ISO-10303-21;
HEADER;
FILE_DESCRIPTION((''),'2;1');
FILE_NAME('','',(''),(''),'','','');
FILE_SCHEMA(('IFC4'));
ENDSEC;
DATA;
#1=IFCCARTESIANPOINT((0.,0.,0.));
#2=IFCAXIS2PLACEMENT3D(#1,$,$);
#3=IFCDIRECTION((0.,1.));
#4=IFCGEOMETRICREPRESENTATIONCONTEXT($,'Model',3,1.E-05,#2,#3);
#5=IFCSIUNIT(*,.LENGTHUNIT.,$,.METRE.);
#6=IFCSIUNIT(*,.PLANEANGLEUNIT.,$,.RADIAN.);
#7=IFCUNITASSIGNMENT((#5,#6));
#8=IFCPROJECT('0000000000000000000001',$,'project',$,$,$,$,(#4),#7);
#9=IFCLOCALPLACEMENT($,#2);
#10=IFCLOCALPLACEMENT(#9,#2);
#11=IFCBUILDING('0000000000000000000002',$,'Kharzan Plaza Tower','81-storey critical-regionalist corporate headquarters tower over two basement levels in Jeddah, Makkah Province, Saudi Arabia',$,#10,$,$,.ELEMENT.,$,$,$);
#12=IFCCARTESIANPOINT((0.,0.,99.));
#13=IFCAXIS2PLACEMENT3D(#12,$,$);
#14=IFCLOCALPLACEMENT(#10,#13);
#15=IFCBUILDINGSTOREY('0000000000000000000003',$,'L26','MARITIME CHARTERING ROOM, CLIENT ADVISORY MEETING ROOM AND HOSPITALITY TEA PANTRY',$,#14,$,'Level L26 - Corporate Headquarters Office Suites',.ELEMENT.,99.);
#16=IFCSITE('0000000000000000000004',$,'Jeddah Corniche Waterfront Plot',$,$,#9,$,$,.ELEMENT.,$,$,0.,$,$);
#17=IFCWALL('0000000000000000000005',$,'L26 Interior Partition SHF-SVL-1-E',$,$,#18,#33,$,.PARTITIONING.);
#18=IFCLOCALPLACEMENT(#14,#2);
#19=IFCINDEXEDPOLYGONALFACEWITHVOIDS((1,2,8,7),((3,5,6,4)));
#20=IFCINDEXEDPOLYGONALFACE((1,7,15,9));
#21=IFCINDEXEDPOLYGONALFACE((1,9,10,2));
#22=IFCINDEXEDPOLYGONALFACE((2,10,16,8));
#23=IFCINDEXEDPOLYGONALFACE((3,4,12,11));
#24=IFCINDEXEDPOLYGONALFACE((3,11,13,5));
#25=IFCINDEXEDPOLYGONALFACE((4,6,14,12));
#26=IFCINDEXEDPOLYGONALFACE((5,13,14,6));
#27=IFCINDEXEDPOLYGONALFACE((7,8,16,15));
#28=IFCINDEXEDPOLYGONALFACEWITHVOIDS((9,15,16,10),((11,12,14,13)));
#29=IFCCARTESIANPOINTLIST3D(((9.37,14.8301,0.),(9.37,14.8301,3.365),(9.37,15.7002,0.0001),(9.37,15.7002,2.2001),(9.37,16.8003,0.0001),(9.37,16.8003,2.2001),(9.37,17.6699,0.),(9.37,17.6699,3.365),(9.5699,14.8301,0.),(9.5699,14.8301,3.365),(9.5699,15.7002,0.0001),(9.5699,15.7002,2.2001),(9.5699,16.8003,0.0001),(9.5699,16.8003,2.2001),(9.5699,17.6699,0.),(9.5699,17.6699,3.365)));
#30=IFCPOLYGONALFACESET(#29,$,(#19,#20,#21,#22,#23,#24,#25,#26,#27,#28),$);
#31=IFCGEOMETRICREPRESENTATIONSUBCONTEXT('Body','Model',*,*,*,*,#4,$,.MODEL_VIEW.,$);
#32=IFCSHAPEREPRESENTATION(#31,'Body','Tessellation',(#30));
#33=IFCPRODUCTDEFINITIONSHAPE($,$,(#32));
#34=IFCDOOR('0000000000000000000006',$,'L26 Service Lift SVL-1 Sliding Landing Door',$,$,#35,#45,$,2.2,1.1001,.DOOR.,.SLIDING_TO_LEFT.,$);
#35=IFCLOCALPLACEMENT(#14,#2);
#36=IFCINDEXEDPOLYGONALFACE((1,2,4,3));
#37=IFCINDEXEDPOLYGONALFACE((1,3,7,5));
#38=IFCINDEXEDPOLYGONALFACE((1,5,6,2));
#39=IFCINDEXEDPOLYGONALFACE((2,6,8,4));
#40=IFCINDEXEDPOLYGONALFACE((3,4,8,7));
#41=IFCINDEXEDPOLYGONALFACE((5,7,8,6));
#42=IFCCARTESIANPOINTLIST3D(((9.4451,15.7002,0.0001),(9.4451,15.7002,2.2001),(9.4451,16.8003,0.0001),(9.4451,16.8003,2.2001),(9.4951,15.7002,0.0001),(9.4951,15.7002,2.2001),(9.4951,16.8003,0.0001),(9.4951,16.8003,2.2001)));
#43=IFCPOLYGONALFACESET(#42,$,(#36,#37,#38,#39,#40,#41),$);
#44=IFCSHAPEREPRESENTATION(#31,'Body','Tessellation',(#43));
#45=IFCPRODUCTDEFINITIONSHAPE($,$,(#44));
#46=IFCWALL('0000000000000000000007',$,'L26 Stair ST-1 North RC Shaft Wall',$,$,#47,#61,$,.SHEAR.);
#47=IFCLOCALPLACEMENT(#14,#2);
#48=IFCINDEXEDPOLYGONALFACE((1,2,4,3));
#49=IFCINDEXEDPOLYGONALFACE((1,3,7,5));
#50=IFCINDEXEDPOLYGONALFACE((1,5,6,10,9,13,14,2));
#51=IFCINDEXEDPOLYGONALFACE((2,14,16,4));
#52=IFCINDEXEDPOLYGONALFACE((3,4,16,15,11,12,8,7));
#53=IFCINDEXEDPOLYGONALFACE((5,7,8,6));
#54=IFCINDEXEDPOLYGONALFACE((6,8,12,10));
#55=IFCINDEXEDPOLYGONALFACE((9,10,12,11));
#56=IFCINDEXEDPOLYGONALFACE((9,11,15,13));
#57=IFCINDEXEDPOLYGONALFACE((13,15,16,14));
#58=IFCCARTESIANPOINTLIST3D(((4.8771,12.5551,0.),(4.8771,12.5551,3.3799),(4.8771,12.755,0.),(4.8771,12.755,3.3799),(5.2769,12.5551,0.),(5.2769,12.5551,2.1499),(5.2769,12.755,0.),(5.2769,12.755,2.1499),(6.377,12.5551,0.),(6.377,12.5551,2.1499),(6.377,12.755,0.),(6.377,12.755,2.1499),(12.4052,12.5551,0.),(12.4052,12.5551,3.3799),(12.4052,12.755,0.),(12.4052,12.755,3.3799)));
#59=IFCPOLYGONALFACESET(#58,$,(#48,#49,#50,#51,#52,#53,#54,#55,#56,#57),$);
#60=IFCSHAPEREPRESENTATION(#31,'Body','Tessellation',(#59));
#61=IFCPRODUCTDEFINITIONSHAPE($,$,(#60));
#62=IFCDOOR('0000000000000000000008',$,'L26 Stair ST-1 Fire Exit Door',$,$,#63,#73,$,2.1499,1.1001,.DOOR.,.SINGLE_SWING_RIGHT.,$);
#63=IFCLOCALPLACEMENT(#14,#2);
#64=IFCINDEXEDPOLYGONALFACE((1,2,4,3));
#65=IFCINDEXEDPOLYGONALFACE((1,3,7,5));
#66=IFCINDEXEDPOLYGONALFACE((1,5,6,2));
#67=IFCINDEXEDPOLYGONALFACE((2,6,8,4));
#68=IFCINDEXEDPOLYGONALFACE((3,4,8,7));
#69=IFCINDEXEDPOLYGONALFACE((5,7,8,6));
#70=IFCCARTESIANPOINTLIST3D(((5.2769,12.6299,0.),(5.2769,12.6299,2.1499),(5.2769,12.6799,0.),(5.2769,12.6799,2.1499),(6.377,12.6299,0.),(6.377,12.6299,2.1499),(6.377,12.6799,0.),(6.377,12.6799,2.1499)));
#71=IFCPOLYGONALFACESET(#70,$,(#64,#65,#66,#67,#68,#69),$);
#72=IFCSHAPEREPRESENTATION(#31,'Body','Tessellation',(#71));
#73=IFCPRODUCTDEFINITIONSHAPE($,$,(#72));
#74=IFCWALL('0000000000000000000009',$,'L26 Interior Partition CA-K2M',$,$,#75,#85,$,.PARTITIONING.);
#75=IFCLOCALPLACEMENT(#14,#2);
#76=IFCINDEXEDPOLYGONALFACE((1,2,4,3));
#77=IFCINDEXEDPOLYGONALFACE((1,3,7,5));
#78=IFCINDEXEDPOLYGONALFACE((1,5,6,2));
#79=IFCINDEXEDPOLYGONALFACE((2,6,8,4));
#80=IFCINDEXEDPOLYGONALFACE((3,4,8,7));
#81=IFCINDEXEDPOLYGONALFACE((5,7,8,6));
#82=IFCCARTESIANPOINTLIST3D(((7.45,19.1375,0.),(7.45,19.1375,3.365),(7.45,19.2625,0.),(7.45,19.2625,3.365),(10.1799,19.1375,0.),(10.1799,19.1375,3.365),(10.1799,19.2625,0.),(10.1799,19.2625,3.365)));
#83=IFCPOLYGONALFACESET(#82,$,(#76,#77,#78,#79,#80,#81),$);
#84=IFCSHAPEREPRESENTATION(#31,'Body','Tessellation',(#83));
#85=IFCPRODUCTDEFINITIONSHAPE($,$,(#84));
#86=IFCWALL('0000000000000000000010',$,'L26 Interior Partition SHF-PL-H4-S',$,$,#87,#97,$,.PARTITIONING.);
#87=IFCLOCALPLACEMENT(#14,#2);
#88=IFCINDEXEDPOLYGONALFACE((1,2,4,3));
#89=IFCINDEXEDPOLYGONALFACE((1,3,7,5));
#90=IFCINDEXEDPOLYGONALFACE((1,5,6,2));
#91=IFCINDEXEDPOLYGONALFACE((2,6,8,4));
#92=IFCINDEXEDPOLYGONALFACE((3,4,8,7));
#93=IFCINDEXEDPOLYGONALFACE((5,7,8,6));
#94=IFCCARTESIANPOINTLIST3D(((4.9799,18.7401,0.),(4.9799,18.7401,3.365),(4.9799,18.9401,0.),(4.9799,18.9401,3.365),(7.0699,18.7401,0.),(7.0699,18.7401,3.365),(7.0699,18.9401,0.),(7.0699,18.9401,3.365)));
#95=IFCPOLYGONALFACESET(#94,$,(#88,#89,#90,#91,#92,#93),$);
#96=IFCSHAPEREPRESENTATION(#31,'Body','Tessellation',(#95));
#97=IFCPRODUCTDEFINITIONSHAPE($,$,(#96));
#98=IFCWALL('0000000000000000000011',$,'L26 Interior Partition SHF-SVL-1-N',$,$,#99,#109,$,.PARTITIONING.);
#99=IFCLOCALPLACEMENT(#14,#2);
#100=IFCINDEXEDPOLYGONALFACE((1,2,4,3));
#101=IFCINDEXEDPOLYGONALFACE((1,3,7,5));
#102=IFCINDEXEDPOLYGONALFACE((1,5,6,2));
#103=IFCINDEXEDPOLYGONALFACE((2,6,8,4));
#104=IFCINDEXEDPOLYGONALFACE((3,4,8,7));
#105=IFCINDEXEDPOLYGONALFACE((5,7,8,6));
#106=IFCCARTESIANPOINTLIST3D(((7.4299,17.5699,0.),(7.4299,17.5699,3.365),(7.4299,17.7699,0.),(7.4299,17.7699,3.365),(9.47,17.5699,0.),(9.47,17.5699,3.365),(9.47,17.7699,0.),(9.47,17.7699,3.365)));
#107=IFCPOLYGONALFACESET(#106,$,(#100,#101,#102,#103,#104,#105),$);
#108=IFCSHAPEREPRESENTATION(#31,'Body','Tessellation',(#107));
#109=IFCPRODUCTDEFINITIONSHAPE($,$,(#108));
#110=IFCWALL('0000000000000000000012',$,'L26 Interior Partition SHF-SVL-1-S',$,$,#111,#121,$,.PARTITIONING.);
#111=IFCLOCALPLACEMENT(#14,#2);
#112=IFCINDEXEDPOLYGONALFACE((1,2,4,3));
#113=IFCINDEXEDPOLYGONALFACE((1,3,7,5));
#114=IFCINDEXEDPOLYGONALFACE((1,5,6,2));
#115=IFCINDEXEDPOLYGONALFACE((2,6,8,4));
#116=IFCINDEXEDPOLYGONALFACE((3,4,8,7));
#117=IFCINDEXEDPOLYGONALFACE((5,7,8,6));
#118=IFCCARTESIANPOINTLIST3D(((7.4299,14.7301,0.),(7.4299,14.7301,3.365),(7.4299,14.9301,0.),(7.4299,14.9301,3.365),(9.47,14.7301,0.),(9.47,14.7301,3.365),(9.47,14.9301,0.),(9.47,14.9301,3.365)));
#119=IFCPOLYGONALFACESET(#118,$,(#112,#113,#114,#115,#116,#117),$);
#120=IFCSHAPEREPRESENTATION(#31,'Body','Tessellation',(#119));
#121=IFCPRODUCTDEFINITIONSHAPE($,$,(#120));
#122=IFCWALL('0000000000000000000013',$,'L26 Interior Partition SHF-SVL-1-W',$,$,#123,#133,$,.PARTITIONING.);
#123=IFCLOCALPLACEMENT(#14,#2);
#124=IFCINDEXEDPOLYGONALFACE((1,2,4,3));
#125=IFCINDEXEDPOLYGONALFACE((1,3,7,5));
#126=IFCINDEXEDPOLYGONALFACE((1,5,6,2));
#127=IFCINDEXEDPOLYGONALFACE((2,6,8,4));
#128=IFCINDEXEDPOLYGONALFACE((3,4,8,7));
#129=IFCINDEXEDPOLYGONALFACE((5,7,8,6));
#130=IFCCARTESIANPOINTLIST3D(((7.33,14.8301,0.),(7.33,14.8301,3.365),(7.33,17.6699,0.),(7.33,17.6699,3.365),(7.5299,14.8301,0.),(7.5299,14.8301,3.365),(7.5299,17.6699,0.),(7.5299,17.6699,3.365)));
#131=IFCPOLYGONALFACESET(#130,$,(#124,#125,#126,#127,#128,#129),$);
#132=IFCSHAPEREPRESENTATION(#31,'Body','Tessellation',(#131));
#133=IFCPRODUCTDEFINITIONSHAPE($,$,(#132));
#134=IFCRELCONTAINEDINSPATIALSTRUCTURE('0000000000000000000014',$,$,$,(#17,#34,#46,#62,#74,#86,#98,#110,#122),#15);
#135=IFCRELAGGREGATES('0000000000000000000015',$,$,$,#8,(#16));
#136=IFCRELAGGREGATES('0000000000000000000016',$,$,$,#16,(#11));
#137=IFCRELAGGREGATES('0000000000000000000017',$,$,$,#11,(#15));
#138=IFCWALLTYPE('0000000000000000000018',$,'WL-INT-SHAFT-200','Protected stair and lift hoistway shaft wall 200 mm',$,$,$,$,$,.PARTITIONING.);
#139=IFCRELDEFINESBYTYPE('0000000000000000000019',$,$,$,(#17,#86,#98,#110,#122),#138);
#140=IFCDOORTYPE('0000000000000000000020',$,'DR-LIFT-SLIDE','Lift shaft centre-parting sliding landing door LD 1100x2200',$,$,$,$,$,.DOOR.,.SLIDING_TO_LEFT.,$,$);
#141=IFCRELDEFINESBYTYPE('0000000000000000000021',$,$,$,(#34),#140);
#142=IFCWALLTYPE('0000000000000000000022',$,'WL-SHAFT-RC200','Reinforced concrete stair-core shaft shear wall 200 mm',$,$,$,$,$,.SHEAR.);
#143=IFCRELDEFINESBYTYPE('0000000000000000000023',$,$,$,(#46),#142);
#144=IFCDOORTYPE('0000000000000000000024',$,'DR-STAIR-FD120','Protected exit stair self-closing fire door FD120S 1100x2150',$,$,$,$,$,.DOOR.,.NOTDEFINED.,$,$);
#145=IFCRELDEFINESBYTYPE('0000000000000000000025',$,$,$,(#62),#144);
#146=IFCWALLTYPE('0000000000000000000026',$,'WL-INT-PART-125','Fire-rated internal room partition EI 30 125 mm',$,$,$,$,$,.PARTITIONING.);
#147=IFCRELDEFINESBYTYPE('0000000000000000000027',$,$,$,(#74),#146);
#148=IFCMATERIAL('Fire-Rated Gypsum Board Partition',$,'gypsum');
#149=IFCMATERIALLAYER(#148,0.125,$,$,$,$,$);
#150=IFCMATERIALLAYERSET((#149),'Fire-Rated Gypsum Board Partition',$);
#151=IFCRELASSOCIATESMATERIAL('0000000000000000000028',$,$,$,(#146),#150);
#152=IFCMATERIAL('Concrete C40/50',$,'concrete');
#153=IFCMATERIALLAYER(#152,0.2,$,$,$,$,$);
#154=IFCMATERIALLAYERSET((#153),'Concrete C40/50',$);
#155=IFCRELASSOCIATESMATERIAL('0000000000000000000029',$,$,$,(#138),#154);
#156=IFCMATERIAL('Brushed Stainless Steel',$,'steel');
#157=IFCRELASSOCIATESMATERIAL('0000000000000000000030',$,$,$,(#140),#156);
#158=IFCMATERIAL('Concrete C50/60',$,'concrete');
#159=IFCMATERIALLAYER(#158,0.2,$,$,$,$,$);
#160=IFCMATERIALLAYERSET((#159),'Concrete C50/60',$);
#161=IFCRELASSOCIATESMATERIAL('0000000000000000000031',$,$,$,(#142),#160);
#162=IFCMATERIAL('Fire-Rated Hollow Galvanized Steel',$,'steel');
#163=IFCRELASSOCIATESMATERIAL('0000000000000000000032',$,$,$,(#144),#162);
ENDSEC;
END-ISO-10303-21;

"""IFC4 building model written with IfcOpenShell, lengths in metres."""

from ifc_helpers import new_model, si_unit, direction, frame, frame_2d, origin, place, context, subcontext, project, spatial, rectangle, extrude, source, transform, mapped, material, layer, layer_set, type_object, element, fill, save


model = new_model("IFC4")

# Units and contexts
model_context = context("Model", 3, precision=1e-05, world=origin(), true_north=direction((0.0, 1.0)))
body_context = subcontext(model_context, "Body", "Model", "MODEL_VIEW")
ifc_project = project(units=[si_unit("LENGTHUNIT", "METRE"), si_unit("PLANEANGLEUNIT", "RADIAN")], contexts=[model_context])

# Site, building, storey
site_placement = place(None, origin())
site = spatial("IfcSite", under=ifc_project, at=site_placement, Name="Jeddah Corniche Waterfront Plot", CompositionType="ELEMENT", RefElevation=0.0)
building_placement = place(site_placement, origin())
building = spatial("IfcBuilding", under=site, at=building_placement, Name="Kharzan Plaza Tower", Description="81-storey critical-regionalist corporate headquarters tower over two basement levels in Jeddah, Makkah Province, Saudi Arabia", CompositionType="ELEMENT")
storey_placement = place(building_placement, frame((0.0, 0.0, 99.0)))
storey = spatial("IfcBuildingStorey", under=building, at=storey_placement, Name="L26", Description="MARITIME CHARTERING ROOM, CLIENT ADVISORY MEETING ROOM AND HOSPITALITY TEA PANTRY", LongName="Level L26 - Corporate Headquarters Office Suites", CompositionType="ELEMENT", Elevation=99.0)

# Shared definitions
ifc_material_1 = material(Name="Concrete C40/50", Category="concrete")

# Walls, openings, doors
ifc_material_2 = material(Name="Fire-Rated Gypsum Board Partition", Category="gypsum")
ifc_layer_1 = layer(ifc_material_2, 0.125)
ifc_layer_set_1 = layer_set([ifc_layer_1], Name="Fire-Rated Gypsum Board Partition")
wall_type_1 = type_object("IfcWallType", Name="WL-INT-PART-125", Description="Fire-rated internal room partition EI 30 125 mm", PredefinedType="PARTITIONING", material=ifc_layer_set_1)
ifc_layer_2 = layer(ifc_material_1, 0.2)
ifc_layer_set_2 = layer_set([ifc_layer_2], Name="Concrete C40/50")
wall_type_2 = type_object("IfcWallType", Name="WL-INT-SHAFT-200", Description="Protected stair and lift hoistway shaft wall 200 mm", PredefinedType="PARTITIONING", material=ifc_layer_set_2)
ifc_material_3 = material(Name="Brushed Stainless Steel", Category="steel")
door_type_1 = type_object("IfcDoorType", Name="DR-LIFT-SLIDE", Description="Lift shaft centre-parting sliding landing door LD 1100x2200", OperationType="SLIDING_TO_LEFT", PredefinedType="DOOR", material=ifc_material_3)
shared_shape_1 = source(origin(), body_context, "Body", "SweptSolid", [
    extrude(rectangle(XDim=1.1001, YDim=2.2, at=frame_2d((0.55, 1.1001))), frame((0.0, 0.0249, 0.0), z_axis=(0.0, -1.0, 0.0), x_axis=(1.0, 0.0, 0.0)), (0.0, 0.0, 1.0), 0.05),
])
wall_1_placement = place(storey_placement, frame((9.47, 14.8301, 0.0), z_axis=(0.0, 0.0, 1.0), x_axis=(0.0, 1.0, 0.0)))
wall_1 = element("IfcWall", 1, at=wall_1_placement, inside=storey, type_object=wall_type_2, Name="L26 Interior Partition SHF-SVL-1-E", PredefinedType="PARTITIONING", context=body_context, shape_type="SweptSolid", body=[
    extrude(rectangle(XDim=2.8398, YDim=0.2, at=frame_2d((1.4199, 0.0))), origin(), (0.0, 0.0, 1.0), 3.365),
])
opening_1_placement = place(wall_1_placement, frame((0.8701, 0.0, 0.0)))
opening_1 = element("IfcOpeningElement", 2, at=opening_1_placement, cuts=wall_1, PredefinedType="OPENING", context=body_context, shape_type="SweptSolid", body=[
    extrude(rectangle(XDim=1.1001, YDim=2.2, at=frame_2d((0.55, 1.1001))), frame((0.0, 0.1099, 0.0), z_axis=(0.0, -1.0, 0.0), x_axis=(1.0, 0.0, 0.0)), (0.0, 0.0, 1.0), 0.22),
])
door_1_placement = place(opening_1_placement, origin())
door_1 = element("IfcDoor", 3, at=door_1_placement, inside=storey, type_object=door_type_1, Name="L26 Service Lift SVL-1 Sliding Landing Door", OperationType="SLIDING_TO_LEFT", OverallHeight=2.2, OverallWidth=1.1001, PredefinedType="DOOR", context=body_context, shape_type="MappedRepresentation", body=[
    mapped(shared_shape_1, transform((0.0, 0.0, 0.0), x_axis=(1.0, 0.0, 0.0), y_axis=(0.0, 1.0, 0.0), z_axis=(0.0, 0.0, 1.0))),
])
fill(opening_1, door_1)
ifc_material_4 = material(Name="Concrete C50/60", Category="concrete")
ifc_layer_3 = layer(ifc_material_4, 0.2)
ifc_layer_set_3 = layer_set([ifc_layer_3], Name="Concrete C50/60")
wall_type_3 = type_object("IfcWallType", Name="WL-SHAFT-RC200", Description="Reinforced concrete stair-core shaft shear wall 200 mm", PredefinedType="SHEAR", material=ifc_layer_set_3)
wall_2_placement = place(storey_placement, frame((4.877, 12.655, 0.0), z_axis=(0.0, 0.0, 1.0), x_axis=(1.0, 0.0, 0.0)))
wall_2 = element("IfcWall", 4, at=wall_2_placement, inside=storey, type_object=wall_type_3, Name="L26 Stair ST-1 North RC Shaft Wall", PredefinedType="SHEAR", context=body_context, shape_type="SweptSolid", body=[
    extrude(rectangle(XDim=7.5281, YDim=0.2, at=frame_2d((3.7642, 0.0))), origin(), (0.0, 0.0, 1.0), 3.3799),
])
opening_2_placement = place(wall_2_placement, frame((0.3999, 0.0, 0.0)))
opening_2 = element("IfcOpeningElement", 5, at=opening_2_placement, cuts=wall_2, PredefinedType="OPENING", context=body_context, shape_type="SweptSolid", body=[
    extrude(rectangle(XDim=1.1001, YDim=2.1499, at=frame_2d((0.55, 1.075))), frame((0.0, 0.1099, 0.0), z_axis=(0.0, -1.0, 0.0), x_axis=(1.0, 0.0, 0.0)), (0.0, 0.0, 1.0), 0.22),
])
ifc_material_5 = material(Name="Fire-Rated Hollow Galvanized Steel", Category="steel")
door_type_2 = type_object("IfcDoorType", Name="DR-STAIR-FD120", Description="Protected exit stair self-closing fire door FD120S 1100x2150", OperationType="NOTDEFINED", PredefinedType="DOOR", material=ifc_material_5)
shared_shape_2 = source(origin(), body_context, "Body", "SweptSolid", [
    extrude(rectangle(XDim=1.1001, YDim=2.1499, at=frame_2d((0.55, 1.075))), frame((0.0, 0.0249, 0.0), z_axis=(0.0, -1.0, 0.0), x_axis=(1.0, 0.0, 0.0)), (0.0, 0.0, 1.0), 0.05),
])
door_2_placement = place(opening_2_placement, origin())
door_2 = element("IfcDoor", 6, at=door_2_placement, inside=storey, type_object=door_type_2, Name="L26 Stair ST-1 Fire Exit Door", OperationType="SINGLE_SWING_RIGHT", OverallHeight=2.1499, OverallWidth=1.1001, PredefinedType="DOOR", context=body_context, shape_type="MappedRepresentation", body=[
    mapped(shared_shape_2, transform((0.0, 0.0, 0.0), x_axis=(1.0, 0.0, 0.0), y_axis=(0.0, 1.0, 0.0), z_axis=(0.0, 0.0, 1.0))),
])
fill(opening_2, door_2)

# Walls
shared_shape_3 = source(origin(), body_context, "Body", "SweptSolid", [
    extrude(rectangle(XDim=2.73, YDim=0.125, at=frame_2d((1.365, 0.0))), origin(), (0.0, 0.0, 1.0), 3.365),
])
wall_3_placement = place(storey_placement, frame((7.45, 19.2, 0.0), z_axis=(0.0, 0.0, 1.0), x_axis=(1.0, 0.0, 0.0)))
element("IfcWall", 7, at=wall_3_placement, inside=storey, type_object=wall_type_1, Name="L26 Interior Partition CA-K2M", PredefinedType="PARTITIONING", context=body_context, shape_type="MappedRepresentation", body=[
    mapped(shared_shape_3, transform((0.0, 0.0, 0.0), x_axis=(1.0, 0.0, 0.0), y_axis=(0.0, 1.0, 0.0), z_axis=(0.0, 0.0, 1.0))),
])
shared_shape_4 = source(origin(), body_context, "Body", "SweptSolid", [
    extrude(rectangle(XDim=2.0901, YDim=0.2, at=frame_2d((1.0449, 0.0))), origin(), (0.0, 0.0, 1.0), 3.365),
])
wall_4_placement = place(storey_placement, frame((4.98, 18.8401, 0.0), z_axis=(0.0, 0.0, 1.0), x_axis=(1.0, 0.0, 0.0)))
element("IfcWall", 8, at=wall_4_placement, inside=storey, type_object=wall_type_2, Name="L26 Interior Partition SHF-PL-H4-S", PredefinedType="PARTITIONING", context=body_context, shape_type="MappedRepresentation", body=[
    mapped(shared_shape_4, transform((0.0, 0.0, 0.0), x_axis=(1.0, 0.0, 0.0), y_axis=(0.0, 1.0, 0.0), z_axis=(0.0, 0.0, 1.0))),
])
shared_shape_5 = source(origin(), body_context, "Body", "SweptSolid", [
    extrude(rectangle(XDim=2.04, YDim=0.2, at=frame_2d((1.02, 0.0))), origin(), (0.0, 0.0, 1.0), 3.365),
])
for number, where, z_axis, x_axis, name in (
    (9, (7.4299, 17.6699, 0.0), (0.0, 0.0, 1.0), (1.0, 0.0, 0.0), "L26 Interior Partition SHF-SVL-1-N"),
    (10, (7.4299, 14.8301, 0.0), (0.0, 0.0, 1.0), (1.0, 0.0, 0.0), "L26 Interior Partition SHF-SVL-1-S"),
):
    element("IfcWall", number, at=place(storey_placement, frame(where, z_axis=z_axis, x_axis=x_axis)), inside=storey, type_object=wall_type_2, Name=name, PredefinedType="PARTITIONING", context=body_context, shape_type="MappedRepresentation", body=[
        mapped(shared_shape_5, transform((0.0, 0.0, 0.0), x_axis=(1.0, 0.0, 0.0), y_axis=(0.0, 1.0, 0.0), z_axis=(0.0, 0.0, 1.0))),
    ])
shared_shape_6 = source(origin(), body_context, "Body", "SweptSolid", [
    extrude(rectangle(XDim=2.8398, YDim=0.2, at=frame_2d((1.4199, 0.0))), origin(), (0.0, 0.0, 1.0), 3.365),
])
wall_5_placement = place(storey_placement, frame((7.4299, 14.8301, 0.0), z_axis=(0.0, 0.0, 1.0), x_axis=(0.0, 1.0, 0.0)))
element("IfcWall", 11, at=wall_5_placement, inside=storey, type_object=wall_type_2, Name="L26 Interior Partition SHF-SVL-1-W", PredefinedType="PARTITIONING", context=body_context, shape_type="MappedRepresentation", body=[
    mapped(shared_shape_6, transform((0.0, 0.0, 0.0), x_axis=(1.0, 0.0, 0.0), y_axis=(0.0, 1.0, 0.0), z_axis=(0.0, 0.0, 1.0))),
])

save(model, "model.ifc")
